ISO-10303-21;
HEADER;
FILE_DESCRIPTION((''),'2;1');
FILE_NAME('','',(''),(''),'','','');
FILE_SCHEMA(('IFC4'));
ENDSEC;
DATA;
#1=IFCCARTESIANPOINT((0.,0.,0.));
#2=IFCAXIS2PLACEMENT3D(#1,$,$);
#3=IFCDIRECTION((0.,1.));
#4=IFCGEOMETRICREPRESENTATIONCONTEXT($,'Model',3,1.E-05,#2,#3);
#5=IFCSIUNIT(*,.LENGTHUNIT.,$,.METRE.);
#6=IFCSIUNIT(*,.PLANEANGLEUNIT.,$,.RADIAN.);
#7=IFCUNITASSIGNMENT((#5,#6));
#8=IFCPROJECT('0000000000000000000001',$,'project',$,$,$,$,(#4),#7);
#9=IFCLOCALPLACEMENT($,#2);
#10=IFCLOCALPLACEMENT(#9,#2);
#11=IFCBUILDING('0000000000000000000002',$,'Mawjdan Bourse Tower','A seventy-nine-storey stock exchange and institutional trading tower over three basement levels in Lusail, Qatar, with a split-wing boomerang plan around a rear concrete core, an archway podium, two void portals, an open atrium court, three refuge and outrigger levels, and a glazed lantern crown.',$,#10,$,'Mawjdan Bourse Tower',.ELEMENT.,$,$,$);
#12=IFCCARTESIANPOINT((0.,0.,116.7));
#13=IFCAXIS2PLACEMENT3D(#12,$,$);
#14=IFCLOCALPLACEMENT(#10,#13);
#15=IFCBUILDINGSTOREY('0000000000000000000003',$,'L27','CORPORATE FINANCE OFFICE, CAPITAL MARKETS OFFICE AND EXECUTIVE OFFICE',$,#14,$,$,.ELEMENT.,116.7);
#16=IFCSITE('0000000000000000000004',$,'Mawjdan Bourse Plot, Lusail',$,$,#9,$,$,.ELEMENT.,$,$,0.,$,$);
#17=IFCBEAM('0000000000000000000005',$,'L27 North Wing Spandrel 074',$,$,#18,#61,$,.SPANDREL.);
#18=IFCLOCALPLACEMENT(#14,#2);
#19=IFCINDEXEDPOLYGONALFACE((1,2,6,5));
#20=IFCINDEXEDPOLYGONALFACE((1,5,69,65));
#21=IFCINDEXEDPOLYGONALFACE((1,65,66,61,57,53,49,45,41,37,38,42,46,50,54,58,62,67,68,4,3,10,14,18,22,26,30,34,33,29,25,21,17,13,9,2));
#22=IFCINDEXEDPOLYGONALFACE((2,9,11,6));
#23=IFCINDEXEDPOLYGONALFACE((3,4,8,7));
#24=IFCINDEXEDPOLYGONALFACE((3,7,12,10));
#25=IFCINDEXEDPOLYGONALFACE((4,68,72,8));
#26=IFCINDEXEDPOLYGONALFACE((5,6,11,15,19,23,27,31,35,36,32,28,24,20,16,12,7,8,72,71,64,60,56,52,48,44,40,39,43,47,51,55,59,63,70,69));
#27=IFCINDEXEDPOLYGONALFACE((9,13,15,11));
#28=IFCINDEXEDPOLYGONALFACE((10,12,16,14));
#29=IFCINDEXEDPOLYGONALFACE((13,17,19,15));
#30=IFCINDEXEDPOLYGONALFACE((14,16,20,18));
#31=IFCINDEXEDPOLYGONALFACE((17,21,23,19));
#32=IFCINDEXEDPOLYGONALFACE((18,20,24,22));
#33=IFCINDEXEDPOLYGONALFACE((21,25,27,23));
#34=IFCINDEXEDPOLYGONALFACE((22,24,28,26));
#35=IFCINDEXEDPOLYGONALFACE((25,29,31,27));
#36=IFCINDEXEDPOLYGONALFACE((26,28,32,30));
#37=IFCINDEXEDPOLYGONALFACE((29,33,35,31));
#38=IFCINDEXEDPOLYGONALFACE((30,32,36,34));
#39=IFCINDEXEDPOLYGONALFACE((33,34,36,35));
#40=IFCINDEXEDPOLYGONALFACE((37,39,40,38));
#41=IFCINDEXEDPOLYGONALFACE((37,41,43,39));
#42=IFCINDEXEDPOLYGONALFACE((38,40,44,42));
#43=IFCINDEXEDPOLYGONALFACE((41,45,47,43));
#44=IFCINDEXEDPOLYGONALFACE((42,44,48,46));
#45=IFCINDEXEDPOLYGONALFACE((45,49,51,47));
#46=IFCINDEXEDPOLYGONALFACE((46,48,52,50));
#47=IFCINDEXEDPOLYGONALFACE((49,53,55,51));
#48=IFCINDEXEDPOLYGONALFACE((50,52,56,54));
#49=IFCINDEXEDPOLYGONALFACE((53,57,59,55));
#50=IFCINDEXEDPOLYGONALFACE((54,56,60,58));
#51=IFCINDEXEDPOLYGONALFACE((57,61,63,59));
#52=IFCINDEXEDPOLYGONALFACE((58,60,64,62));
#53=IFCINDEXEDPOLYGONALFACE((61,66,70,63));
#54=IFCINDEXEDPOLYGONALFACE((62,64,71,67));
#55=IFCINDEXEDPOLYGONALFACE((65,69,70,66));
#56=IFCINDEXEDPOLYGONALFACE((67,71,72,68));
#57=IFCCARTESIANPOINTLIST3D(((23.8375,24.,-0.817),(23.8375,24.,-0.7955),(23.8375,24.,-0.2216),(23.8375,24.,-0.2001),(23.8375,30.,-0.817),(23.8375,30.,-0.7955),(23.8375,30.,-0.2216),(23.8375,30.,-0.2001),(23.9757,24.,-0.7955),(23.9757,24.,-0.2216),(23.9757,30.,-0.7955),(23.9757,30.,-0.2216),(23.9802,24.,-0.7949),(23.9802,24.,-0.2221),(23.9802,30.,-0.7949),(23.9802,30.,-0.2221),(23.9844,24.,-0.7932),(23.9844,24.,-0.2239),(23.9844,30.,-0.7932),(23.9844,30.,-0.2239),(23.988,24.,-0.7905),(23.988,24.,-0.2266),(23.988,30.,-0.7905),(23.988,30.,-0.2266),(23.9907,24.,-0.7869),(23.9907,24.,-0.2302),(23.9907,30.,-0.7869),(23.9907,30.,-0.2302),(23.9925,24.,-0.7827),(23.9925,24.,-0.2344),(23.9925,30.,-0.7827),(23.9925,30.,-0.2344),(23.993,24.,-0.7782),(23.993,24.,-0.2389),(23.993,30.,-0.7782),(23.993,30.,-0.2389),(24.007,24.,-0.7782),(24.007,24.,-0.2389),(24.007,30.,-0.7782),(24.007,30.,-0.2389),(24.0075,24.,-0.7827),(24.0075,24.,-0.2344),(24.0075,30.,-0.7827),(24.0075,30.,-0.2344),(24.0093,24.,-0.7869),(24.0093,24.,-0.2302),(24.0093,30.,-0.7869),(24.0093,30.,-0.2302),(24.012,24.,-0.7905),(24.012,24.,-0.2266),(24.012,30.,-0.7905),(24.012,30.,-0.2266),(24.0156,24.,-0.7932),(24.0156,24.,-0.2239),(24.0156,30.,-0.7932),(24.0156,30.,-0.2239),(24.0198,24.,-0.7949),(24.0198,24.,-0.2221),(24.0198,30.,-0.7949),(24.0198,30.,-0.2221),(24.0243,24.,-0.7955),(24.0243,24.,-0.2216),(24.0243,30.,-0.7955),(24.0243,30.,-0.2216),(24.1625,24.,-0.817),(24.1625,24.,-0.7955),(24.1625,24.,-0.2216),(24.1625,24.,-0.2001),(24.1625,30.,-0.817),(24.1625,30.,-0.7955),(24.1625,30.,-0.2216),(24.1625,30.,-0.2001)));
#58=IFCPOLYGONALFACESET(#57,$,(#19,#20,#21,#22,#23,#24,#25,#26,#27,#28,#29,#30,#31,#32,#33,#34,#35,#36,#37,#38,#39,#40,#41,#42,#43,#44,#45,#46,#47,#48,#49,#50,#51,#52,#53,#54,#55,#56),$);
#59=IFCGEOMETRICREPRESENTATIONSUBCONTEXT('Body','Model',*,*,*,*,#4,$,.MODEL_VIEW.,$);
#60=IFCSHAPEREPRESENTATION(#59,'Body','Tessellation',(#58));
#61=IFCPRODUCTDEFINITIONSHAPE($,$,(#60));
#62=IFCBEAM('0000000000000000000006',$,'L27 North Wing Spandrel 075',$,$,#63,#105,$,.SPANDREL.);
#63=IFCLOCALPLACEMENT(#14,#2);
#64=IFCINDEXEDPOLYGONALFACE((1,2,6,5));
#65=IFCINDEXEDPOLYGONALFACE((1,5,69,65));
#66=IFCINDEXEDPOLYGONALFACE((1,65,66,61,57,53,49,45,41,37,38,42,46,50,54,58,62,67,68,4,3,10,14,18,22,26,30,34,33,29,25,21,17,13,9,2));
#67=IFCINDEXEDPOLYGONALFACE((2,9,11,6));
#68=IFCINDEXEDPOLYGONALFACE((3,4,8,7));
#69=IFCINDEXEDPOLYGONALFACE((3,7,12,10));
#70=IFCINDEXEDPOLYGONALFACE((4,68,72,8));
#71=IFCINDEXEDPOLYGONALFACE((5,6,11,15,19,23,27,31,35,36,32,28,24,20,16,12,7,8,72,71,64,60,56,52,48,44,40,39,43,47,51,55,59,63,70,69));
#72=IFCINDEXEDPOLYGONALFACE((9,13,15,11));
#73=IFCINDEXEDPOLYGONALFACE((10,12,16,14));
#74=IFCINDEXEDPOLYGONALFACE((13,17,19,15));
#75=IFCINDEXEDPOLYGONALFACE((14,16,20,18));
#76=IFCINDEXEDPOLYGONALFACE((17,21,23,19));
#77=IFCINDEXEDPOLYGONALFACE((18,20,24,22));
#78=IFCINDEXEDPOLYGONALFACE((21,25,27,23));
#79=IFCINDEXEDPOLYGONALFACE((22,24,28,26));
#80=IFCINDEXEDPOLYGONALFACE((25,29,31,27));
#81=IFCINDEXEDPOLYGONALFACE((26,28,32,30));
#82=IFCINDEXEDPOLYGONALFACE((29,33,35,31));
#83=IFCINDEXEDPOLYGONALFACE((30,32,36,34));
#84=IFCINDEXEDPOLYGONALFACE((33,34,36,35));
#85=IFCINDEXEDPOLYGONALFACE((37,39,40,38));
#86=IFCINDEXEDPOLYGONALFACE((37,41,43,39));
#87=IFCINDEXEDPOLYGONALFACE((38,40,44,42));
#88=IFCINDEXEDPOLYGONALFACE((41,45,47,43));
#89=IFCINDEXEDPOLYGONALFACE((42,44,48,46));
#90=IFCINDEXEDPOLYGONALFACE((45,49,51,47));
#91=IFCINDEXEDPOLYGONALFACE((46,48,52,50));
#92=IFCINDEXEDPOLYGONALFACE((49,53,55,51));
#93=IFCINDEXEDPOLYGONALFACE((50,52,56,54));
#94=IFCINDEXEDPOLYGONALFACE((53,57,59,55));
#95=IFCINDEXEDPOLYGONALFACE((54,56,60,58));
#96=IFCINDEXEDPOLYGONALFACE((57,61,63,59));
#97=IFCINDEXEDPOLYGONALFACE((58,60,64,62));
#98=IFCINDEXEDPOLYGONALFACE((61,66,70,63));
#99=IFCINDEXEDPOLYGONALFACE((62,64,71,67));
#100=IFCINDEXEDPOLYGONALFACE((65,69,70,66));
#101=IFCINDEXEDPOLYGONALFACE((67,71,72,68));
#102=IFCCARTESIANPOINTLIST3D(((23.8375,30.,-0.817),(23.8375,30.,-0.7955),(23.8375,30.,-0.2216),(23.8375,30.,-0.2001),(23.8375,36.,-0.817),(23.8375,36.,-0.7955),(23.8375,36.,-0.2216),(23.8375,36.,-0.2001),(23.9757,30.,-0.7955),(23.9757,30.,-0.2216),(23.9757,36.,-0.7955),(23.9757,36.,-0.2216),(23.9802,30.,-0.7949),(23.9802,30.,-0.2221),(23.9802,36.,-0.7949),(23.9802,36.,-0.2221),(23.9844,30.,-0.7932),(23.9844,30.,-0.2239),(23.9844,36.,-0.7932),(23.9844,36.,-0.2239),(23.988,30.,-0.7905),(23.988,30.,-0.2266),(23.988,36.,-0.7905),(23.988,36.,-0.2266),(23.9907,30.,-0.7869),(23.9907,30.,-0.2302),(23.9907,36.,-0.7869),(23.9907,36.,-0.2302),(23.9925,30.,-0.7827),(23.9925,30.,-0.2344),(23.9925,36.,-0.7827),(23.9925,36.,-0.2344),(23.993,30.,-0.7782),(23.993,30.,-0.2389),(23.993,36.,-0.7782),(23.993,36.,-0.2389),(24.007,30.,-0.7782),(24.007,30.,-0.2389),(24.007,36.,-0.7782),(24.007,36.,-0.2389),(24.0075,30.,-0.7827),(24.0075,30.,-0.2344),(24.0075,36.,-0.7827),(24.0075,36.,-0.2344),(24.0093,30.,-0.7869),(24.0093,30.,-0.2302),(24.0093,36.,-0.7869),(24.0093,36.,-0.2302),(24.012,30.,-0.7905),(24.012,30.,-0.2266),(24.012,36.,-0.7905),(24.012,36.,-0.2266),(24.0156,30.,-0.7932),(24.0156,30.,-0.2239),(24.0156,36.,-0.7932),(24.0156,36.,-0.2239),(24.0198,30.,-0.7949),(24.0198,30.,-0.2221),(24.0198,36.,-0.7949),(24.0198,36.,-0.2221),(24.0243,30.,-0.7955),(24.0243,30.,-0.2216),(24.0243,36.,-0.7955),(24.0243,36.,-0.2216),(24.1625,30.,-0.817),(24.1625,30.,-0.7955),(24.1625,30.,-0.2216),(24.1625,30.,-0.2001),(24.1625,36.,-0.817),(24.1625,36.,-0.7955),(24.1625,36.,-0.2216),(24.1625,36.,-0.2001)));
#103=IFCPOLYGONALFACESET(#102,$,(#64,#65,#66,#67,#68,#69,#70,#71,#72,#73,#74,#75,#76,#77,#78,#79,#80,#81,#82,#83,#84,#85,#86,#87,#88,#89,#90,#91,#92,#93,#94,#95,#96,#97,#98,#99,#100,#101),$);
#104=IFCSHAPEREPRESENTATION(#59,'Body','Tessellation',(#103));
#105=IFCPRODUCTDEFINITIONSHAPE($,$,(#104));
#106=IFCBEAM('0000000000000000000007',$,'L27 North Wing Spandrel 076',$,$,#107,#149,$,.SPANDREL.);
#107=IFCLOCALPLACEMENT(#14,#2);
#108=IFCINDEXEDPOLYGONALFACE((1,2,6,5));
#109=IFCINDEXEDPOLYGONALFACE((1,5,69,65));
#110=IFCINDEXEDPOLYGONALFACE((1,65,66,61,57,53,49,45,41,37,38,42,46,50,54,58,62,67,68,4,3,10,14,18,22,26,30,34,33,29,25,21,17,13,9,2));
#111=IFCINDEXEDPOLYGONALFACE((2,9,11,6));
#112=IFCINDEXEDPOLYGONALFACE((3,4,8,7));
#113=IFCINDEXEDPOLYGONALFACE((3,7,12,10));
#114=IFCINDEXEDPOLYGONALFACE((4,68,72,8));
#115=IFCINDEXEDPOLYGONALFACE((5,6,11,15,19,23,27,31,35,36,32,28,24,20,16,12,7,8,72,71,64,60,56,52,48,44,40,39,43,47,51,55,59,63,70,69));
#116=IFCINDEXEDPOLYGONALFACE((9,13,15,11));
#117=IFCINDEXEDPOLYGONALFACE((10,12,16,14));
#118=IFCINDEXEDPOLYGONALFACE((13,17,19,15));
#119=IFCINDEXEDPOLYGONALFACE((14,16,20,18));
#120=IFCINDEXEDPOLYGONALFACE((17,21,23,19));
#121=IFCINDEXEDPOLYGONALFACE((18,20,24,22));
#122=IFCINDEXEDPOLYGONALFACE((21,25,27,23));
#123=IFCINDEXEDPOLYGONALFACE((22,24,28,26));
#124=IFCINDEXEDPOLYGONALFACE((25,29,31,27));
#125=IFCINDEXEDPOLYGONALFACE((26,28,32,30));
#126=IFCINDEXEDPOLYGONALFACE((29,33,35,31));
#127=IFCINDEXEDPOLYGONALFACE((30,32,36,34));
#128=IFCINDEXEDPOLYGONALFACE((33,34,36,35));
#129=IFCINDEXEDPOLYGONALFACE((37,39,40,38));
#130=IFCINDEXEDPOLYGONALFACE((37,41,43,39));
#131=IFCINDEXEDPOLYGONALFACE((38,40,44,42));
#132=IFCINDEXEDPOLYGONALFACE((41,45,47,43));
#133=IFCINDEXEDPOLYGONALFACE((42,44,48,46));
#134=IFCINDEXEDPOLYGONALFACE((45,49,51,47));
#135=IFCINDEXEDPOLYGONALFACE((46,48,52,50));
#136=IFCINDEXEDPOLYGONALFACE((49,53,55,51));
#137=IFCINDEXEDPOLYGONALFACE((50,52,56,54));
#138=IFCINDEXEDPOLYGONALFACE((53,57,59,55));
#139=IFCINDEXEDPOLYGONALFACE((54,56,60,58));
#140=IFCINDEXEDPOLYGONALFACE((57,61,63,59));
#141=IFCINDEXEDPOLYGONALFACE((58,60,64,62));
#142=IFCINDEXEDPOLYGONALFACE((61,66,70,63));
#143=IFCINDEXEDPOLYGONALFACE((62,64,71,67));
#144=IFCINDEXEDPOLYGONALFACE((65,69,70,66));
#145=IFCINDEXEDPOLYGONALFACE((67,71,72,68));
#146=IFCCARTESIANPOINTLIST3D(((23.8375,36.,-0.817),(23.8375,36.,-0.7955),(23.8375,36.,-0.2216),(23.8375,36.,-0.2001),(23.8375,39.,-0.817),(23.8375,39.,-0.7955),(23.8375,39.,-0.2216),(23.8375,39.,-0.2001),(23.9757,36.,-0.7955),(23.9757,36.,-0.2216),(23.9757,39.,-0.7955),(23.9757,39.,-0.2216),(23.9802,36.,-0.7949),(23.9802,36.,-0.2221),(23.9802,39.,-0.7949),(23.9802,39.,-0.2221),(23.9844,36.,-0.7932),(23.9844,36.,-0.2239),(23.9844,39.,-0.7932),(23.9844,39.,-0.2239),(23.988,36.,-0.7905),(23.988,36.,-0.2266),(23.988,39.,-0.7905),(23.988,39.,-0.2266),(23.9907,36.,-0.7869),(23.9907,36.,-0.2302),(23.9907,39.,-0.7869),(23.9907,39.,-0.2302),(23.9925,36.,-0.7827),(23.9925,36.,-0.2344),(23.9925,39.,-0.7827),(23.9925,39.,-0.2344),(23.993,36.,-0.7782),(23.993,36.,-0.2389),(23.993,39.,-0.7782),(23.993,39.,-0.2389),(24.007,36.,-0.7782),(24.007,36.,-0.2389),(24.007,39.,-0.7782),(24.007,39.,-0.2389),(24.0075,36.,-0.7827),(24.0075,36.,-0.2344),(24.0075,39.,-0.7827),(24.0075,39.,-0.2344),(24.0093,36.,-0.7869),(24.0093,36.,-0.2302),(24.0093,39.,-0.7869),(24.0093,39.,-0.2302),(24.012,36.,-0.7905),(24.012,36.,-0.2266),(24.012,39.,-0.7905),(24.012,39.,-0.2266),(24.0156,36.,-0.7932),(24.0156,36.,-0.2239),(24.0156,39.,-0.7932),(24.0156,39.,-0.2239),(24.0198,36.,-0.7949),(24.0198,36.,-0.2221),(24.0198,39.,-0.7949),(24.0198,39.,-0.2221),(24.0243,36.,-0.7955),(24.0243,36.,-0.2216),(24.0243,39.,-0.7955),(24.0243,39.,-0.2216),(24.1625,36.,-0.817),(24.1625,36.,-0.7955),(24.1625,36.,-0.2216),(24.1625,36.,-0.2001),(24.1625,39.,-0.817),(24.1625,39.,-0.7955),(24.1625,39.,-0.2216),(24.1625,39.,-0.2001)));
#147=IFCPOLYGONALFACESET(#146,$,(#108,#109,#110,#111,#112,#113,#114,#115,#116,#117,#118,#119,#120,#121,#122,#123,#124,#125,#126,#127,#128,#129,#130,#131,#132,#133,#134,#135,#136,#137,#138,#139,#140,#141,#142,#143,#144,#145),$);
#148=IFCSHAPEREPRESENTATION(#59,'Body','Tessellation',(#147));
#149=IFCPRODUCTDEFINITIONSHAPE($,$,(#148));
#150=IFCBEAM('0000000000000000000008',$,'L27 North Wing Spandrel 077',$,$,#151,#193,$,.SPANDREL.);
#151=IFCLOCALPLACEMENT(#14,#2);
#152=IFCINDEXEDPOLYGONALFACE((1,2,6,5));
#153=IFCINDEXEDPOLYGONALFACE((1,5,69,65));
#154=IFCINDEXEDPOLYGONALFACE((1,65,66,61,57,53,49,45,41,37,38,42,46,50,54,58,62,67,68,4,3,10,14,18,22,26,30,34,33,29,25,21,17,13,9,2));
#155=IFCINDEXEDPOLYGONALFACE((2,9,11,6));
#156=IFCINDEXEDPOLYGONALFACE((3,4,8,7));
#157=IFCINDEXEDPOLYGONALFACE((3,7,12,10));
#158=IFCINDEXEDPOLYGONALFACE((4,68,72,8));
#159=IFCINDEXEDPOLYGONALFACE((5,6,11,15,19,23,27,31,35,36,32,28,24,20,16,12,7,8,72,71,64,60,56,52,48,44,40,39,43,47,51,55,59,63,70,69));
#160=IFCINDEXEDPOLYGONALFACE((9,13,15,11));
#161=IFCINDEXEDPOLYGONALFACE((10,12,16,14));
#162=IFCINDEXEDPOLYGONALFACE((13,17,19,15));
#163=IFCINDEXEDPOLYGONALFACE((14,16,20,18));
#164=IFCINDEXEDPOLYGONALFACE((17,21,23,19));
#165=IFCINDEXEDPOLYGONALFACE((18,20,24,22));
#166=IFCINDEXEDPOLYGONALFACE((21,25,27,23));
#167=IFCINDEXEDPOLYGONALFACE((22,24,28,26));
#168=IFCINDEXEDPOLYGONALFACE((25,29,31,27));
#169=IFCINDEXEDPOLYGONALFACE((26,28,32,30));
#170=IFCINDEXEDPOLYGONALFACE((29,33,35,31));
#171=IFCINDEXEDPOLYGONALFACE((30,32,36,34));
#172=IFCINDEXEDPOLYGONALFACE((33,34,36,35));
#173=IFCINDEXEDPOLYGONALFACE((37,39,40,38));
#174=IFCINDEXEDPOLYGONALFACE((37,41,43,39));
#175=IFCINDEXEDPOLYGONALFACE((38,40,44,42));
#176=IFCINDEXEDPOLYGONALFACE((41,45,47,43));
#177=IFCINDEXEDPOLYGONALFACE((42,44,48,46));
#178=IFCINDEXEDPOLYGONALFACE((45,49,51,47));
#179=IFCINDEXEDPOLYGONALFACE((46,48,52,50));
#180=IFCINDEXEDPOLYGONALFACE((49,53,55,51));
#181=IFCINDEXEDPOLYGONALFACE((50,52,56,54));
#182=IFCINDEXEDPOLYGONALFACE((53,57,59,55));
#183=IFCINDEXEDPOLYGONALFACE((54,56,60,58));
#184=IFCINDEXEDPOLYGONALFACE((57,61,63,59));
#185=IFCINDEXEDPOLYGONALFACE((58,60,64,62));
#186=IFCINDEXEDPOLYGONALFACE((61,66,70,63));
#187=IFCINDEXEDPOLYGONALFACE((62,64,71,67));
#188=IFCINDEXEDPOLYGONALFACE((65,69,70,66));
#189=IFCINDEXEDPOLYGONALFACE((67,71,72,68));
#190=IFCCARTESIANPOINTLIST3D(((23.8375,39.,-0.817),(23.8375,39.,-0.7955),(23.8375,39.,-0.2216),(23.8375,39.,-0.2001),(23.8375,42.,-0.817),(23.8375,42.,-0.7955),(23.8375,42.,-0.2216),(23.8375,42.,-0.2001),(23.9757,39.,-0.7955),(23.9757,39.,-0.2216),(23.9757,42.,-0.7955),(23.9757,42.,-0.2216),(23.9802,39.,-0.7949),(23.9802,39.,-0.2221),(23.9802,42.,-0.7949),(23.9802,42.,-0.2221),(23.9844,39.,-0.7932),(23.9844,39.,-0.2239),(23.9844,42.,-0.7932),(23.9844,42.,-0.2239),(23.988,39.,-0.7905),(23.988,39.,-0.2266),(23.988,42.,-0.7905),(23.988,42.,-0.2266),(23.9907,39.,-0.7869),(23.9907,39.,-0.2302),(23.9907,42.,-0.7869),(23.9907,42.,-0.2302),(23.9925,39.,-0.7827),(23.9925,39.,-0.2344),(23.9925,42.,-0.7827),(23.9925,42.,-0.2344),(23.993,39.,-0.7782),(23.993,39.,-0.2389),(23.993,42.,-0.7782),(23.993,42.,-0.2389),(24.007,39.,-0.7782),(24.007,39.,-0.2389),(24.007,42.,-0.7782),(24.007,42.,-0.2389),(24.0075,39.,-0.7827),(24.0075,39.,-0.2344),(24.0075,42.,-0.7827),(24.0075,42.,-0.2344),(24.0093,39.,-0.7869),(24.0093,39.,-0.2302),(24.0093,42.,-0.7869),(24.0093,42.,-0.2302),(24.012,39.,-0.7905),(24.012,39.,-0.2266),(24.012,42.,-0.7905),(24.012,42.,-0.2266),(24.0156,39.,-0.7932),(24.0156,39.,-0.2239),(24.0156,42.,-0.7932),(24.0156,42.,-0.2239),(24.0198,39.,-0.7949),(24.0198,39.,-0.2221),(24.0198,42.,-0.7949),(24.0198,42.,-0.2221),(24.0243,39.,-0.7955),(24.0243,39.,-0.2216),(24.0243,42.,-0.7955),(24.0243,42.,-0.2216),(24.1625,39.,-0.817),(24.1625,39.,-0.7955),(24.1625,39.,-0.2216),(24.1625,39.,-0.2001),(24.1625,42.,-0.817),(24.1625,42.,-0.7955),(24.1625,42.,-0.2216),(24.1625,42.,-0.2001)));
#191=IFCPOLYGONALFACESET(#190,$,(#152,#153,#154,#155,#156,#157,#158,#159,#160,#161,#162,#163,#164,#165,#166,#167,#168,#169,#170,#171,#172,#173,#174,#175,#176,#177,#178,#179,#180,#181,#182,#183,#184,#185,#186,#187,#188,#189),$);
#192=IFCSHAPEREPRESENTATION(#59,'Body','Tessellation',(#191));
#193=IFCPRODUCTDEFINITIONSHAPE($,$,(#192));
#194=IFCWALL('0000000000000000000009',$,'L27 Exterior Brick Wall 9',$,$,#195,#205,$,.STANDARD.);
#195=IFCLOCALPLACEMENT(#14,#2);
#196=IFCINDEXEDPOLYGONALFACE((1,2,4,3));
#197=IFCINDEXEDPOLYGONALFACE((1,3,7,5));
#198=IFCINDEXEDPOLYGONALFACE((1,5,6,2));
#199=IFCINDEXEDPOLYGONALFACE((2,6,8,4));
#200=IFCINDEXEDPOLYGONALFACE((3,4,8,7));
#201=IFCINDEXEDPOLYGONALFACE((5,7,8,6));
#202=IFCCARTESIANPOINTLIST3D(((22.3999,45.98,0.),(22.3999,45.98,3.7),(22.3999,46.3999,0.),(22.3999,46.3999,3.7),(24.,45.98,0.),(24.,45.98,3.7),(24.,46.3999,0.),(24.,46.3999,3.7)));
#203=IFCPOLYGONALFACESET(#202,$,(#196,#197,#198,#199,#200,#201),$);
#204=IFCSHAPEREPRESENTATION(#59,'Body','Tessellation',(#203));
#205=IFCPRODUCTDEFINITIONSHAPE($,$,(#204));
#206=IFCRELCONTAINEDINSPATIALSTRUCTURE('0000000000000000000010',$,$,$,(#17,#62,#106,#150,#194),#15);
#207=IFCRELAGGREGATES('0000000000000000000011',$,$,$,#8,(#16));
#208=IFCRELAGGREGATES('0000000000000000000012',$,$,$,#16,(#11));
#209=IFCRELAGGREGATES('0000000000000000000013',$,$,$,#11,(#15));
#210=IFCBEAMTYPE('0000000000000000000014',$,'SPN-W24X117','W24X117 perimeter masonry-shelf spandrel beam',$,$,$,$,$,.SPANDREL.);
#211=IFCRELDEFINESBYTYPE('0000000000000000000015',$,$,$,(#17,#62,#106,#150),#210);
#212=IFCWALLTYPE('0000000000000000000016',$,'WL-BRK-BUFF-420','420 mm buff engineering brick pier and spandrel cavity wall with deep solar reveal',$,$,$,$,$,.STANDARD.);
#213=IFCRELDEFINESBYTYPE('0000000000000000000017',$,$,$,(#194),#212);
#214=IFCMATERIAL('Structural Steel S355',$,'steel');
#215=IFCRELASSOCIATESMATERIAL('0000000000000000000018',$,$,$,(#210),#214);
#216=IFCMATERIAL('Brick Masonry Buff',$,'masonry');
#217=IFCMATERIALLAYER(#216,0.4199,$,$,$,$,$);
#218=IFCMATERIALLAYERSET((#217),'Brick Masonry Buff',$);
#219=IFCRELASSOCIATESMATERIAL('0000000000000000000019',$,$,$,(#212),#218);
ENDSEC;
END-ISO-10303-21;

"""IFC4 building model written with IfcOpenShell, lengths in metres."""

from ifc_helpers import new_model, si_unit, direction, frame, frame_2d, origin, origin_2d, place, context, subcontext, project, spatial, rectangle, i_section, extrude, material, layer, layer_set, material_profile, profile_set, type_object, element, save


model = new_model("IFC4")

# Units and contexts
model_context = context("Model", 3, precision=1e-05, world=origin(), true_north=direction((0.0, 1.0)))
body_context = subcontext(model_context, "Body", "Model", "MODEL_VIEW")
ifc_project = project(units=[si_unit("LENGTHUNIT", "METRE"), si_unit("PLANEANGLEUNIT", "RADIAN")], contexts=[model_context])

# Site, building, storey
site_placement = place(None, origin())
site = spatial("IfcSite", under=ifc_project, at=site_placement, Name="Mawjdan Bourse Plot, Lusail", CompositionType="ELEMENT", RefElevation=0.0)
building_placement = place(site_placement, origin())
building = spatial("IfcBuilding", under=site, at=building_placement, Name="Mawjdan Bourse Tower", Description="A seventy-nine-storey stock exchange and institutional trading tower over three basement levels in Lusail, Qatar, with a split-wing boomerang plan around a rear concrete core, an archway podium, two void portals, an open atrium court, three refuge and outrigger levels, and a glazed lantern crown.", LongName="Mawjdan Bourse Tower", CompositionType="ELEMENT")
storey_placement = place(building_placement, frame((0.0, 0.0, 116.7)))
storey = spatial("IfcBuildingStorey", under=building, at=storey_placement, Name="L27", Description="CORPORATE FINANCE OFFICE, CAPITAL MARKETS OFFICE AND EXECUTIVE OFFICE", CompositionType="ELEMENT", Elevation=116.7)

# Beams
ifc_material_1 = material(Name="Structural Steel S355", Category="steel")
ifc_material_profile_1 = material_profile(ifc_material_1, i_section(OverallWidth=0.325, OverallDepth=0.6169, WebThickness=0.0139, FlangeThickness=0.0215, FilletRadius=0.0173, at=origin_2d()), Name="W24X117")
ifc_profile_set_1 = profile_set([ifc_material_profile_1], Name="Structural Steel S355")
beam_type_1 = type_object("IfcBeamType", Name="SPN-W24X117", Description="W24X117 perimeter masonry-shelf spandrel beam", PredefinedType="SPANDREL", material=ifc_profile_set_1)
for number, where, z_axis, x_axis, name in (
    (1, (24.0, 24.0, -0.5085), (0.0, 1.0, 0.0), (-1.0, 0.0, 0.0), "L27 North Wing Spandrel 074"),
    (2, (24.0, 30.0, -0.5085), (0.0, 1.0, 0.0), (-1.0, 0.0, 0.0), "L27 North Wing Spandrel 075"),
):
    element("IfcBeam", number, at=place(storey_placement, frame(where, z_axis=z_axis, x_axis=x_axis)), inside=storey, type_object=beam_type_1, Name=name, PredefinedType="SPANDREL", context=body_context, shape_type="SweptSolid", body=[
        extrude(i_section(OverallWidth=0.325, OverallDepth=0.6169, WebThickness=0.0139, FlangeThickness=0.0215, FilletRadius=0.0173, at=origin_2d()), origin(), (0.0, 0.0, 1.0), 6.0),
    ])
for number, where, z_axis, x_axis, name in (
    (3, (24.0, 36.0, -0.5085), (0.0, 1.0, 0.0), (-1.0, 0.0, 0.0), "L27 North Wing Spandrel 076"),
    (4, (24.0, 39.0, -0.5085), (0.0, 1.0, 0.0), (-1.0, 0.0, 0.0), "L27 North Wing Spandrel 077"),
):
    element("IfcBeam", number, at=place(storey_placement, frame(where, z_axis=z_axis, x_axis=x_axis)), inside=storey, type_object=beam_type_1, Name=name, PredefinedType="SPANDREL", context=body_context, shape_type="SweptSolid", body=[
        extrude(i_section(OverallWidth=0.325, OverallDepth=0.6169, WebThickness=0.0139, FlangeThickness=0.0215, FilletRadius=0.0173, at=origin_2d()), origin(), (0.0, 0.0, 1.0), 3.0),
    ])

# Wall
ifc_material_2 = material(Name="Brick Masonry Buff", Category="masonry")
ifc_layer_1 = layer(ifc_material_2, 0.4199)
ifc_layer_set_1 = layer_set([ifc_layer_1], Name="Brick Masonry Buff")
wall_type_1 = type_object("IfcWallType", Name="WL-BRK-BUFF-420", Description="420 mm buff engineering brick pier and spandrel cavity wall with deep solar reveal", PredefinedType="STANDARD", material=ifc_layer_set_1)
for number, where, z_axis, x_axis, name in (
    (5, (24.0, 46.1899, 0.0), (0.0, 0.0, 1.0), (-1.0, 0.0, 0.0), "L27 Exterior Brick Wall 9"),
):
    element("IfcWall", number, at=place(storey_placement, frame(where, z_axis=z_axis, x_axis=x_axis)), inside=storey, type_object=wall_type_1, Name=name, PredefinedType="STANDARD", context=body_context, shape_type="SweptSolid", body=[
        extrude(rectangle(XDim=1.6001, YDim=0.4199, at=frame_2d((0.8, 0.0))), origin(), (0.0, 0.0, 1.0), 3.7),
    ])

save(model, "model.ifc")
